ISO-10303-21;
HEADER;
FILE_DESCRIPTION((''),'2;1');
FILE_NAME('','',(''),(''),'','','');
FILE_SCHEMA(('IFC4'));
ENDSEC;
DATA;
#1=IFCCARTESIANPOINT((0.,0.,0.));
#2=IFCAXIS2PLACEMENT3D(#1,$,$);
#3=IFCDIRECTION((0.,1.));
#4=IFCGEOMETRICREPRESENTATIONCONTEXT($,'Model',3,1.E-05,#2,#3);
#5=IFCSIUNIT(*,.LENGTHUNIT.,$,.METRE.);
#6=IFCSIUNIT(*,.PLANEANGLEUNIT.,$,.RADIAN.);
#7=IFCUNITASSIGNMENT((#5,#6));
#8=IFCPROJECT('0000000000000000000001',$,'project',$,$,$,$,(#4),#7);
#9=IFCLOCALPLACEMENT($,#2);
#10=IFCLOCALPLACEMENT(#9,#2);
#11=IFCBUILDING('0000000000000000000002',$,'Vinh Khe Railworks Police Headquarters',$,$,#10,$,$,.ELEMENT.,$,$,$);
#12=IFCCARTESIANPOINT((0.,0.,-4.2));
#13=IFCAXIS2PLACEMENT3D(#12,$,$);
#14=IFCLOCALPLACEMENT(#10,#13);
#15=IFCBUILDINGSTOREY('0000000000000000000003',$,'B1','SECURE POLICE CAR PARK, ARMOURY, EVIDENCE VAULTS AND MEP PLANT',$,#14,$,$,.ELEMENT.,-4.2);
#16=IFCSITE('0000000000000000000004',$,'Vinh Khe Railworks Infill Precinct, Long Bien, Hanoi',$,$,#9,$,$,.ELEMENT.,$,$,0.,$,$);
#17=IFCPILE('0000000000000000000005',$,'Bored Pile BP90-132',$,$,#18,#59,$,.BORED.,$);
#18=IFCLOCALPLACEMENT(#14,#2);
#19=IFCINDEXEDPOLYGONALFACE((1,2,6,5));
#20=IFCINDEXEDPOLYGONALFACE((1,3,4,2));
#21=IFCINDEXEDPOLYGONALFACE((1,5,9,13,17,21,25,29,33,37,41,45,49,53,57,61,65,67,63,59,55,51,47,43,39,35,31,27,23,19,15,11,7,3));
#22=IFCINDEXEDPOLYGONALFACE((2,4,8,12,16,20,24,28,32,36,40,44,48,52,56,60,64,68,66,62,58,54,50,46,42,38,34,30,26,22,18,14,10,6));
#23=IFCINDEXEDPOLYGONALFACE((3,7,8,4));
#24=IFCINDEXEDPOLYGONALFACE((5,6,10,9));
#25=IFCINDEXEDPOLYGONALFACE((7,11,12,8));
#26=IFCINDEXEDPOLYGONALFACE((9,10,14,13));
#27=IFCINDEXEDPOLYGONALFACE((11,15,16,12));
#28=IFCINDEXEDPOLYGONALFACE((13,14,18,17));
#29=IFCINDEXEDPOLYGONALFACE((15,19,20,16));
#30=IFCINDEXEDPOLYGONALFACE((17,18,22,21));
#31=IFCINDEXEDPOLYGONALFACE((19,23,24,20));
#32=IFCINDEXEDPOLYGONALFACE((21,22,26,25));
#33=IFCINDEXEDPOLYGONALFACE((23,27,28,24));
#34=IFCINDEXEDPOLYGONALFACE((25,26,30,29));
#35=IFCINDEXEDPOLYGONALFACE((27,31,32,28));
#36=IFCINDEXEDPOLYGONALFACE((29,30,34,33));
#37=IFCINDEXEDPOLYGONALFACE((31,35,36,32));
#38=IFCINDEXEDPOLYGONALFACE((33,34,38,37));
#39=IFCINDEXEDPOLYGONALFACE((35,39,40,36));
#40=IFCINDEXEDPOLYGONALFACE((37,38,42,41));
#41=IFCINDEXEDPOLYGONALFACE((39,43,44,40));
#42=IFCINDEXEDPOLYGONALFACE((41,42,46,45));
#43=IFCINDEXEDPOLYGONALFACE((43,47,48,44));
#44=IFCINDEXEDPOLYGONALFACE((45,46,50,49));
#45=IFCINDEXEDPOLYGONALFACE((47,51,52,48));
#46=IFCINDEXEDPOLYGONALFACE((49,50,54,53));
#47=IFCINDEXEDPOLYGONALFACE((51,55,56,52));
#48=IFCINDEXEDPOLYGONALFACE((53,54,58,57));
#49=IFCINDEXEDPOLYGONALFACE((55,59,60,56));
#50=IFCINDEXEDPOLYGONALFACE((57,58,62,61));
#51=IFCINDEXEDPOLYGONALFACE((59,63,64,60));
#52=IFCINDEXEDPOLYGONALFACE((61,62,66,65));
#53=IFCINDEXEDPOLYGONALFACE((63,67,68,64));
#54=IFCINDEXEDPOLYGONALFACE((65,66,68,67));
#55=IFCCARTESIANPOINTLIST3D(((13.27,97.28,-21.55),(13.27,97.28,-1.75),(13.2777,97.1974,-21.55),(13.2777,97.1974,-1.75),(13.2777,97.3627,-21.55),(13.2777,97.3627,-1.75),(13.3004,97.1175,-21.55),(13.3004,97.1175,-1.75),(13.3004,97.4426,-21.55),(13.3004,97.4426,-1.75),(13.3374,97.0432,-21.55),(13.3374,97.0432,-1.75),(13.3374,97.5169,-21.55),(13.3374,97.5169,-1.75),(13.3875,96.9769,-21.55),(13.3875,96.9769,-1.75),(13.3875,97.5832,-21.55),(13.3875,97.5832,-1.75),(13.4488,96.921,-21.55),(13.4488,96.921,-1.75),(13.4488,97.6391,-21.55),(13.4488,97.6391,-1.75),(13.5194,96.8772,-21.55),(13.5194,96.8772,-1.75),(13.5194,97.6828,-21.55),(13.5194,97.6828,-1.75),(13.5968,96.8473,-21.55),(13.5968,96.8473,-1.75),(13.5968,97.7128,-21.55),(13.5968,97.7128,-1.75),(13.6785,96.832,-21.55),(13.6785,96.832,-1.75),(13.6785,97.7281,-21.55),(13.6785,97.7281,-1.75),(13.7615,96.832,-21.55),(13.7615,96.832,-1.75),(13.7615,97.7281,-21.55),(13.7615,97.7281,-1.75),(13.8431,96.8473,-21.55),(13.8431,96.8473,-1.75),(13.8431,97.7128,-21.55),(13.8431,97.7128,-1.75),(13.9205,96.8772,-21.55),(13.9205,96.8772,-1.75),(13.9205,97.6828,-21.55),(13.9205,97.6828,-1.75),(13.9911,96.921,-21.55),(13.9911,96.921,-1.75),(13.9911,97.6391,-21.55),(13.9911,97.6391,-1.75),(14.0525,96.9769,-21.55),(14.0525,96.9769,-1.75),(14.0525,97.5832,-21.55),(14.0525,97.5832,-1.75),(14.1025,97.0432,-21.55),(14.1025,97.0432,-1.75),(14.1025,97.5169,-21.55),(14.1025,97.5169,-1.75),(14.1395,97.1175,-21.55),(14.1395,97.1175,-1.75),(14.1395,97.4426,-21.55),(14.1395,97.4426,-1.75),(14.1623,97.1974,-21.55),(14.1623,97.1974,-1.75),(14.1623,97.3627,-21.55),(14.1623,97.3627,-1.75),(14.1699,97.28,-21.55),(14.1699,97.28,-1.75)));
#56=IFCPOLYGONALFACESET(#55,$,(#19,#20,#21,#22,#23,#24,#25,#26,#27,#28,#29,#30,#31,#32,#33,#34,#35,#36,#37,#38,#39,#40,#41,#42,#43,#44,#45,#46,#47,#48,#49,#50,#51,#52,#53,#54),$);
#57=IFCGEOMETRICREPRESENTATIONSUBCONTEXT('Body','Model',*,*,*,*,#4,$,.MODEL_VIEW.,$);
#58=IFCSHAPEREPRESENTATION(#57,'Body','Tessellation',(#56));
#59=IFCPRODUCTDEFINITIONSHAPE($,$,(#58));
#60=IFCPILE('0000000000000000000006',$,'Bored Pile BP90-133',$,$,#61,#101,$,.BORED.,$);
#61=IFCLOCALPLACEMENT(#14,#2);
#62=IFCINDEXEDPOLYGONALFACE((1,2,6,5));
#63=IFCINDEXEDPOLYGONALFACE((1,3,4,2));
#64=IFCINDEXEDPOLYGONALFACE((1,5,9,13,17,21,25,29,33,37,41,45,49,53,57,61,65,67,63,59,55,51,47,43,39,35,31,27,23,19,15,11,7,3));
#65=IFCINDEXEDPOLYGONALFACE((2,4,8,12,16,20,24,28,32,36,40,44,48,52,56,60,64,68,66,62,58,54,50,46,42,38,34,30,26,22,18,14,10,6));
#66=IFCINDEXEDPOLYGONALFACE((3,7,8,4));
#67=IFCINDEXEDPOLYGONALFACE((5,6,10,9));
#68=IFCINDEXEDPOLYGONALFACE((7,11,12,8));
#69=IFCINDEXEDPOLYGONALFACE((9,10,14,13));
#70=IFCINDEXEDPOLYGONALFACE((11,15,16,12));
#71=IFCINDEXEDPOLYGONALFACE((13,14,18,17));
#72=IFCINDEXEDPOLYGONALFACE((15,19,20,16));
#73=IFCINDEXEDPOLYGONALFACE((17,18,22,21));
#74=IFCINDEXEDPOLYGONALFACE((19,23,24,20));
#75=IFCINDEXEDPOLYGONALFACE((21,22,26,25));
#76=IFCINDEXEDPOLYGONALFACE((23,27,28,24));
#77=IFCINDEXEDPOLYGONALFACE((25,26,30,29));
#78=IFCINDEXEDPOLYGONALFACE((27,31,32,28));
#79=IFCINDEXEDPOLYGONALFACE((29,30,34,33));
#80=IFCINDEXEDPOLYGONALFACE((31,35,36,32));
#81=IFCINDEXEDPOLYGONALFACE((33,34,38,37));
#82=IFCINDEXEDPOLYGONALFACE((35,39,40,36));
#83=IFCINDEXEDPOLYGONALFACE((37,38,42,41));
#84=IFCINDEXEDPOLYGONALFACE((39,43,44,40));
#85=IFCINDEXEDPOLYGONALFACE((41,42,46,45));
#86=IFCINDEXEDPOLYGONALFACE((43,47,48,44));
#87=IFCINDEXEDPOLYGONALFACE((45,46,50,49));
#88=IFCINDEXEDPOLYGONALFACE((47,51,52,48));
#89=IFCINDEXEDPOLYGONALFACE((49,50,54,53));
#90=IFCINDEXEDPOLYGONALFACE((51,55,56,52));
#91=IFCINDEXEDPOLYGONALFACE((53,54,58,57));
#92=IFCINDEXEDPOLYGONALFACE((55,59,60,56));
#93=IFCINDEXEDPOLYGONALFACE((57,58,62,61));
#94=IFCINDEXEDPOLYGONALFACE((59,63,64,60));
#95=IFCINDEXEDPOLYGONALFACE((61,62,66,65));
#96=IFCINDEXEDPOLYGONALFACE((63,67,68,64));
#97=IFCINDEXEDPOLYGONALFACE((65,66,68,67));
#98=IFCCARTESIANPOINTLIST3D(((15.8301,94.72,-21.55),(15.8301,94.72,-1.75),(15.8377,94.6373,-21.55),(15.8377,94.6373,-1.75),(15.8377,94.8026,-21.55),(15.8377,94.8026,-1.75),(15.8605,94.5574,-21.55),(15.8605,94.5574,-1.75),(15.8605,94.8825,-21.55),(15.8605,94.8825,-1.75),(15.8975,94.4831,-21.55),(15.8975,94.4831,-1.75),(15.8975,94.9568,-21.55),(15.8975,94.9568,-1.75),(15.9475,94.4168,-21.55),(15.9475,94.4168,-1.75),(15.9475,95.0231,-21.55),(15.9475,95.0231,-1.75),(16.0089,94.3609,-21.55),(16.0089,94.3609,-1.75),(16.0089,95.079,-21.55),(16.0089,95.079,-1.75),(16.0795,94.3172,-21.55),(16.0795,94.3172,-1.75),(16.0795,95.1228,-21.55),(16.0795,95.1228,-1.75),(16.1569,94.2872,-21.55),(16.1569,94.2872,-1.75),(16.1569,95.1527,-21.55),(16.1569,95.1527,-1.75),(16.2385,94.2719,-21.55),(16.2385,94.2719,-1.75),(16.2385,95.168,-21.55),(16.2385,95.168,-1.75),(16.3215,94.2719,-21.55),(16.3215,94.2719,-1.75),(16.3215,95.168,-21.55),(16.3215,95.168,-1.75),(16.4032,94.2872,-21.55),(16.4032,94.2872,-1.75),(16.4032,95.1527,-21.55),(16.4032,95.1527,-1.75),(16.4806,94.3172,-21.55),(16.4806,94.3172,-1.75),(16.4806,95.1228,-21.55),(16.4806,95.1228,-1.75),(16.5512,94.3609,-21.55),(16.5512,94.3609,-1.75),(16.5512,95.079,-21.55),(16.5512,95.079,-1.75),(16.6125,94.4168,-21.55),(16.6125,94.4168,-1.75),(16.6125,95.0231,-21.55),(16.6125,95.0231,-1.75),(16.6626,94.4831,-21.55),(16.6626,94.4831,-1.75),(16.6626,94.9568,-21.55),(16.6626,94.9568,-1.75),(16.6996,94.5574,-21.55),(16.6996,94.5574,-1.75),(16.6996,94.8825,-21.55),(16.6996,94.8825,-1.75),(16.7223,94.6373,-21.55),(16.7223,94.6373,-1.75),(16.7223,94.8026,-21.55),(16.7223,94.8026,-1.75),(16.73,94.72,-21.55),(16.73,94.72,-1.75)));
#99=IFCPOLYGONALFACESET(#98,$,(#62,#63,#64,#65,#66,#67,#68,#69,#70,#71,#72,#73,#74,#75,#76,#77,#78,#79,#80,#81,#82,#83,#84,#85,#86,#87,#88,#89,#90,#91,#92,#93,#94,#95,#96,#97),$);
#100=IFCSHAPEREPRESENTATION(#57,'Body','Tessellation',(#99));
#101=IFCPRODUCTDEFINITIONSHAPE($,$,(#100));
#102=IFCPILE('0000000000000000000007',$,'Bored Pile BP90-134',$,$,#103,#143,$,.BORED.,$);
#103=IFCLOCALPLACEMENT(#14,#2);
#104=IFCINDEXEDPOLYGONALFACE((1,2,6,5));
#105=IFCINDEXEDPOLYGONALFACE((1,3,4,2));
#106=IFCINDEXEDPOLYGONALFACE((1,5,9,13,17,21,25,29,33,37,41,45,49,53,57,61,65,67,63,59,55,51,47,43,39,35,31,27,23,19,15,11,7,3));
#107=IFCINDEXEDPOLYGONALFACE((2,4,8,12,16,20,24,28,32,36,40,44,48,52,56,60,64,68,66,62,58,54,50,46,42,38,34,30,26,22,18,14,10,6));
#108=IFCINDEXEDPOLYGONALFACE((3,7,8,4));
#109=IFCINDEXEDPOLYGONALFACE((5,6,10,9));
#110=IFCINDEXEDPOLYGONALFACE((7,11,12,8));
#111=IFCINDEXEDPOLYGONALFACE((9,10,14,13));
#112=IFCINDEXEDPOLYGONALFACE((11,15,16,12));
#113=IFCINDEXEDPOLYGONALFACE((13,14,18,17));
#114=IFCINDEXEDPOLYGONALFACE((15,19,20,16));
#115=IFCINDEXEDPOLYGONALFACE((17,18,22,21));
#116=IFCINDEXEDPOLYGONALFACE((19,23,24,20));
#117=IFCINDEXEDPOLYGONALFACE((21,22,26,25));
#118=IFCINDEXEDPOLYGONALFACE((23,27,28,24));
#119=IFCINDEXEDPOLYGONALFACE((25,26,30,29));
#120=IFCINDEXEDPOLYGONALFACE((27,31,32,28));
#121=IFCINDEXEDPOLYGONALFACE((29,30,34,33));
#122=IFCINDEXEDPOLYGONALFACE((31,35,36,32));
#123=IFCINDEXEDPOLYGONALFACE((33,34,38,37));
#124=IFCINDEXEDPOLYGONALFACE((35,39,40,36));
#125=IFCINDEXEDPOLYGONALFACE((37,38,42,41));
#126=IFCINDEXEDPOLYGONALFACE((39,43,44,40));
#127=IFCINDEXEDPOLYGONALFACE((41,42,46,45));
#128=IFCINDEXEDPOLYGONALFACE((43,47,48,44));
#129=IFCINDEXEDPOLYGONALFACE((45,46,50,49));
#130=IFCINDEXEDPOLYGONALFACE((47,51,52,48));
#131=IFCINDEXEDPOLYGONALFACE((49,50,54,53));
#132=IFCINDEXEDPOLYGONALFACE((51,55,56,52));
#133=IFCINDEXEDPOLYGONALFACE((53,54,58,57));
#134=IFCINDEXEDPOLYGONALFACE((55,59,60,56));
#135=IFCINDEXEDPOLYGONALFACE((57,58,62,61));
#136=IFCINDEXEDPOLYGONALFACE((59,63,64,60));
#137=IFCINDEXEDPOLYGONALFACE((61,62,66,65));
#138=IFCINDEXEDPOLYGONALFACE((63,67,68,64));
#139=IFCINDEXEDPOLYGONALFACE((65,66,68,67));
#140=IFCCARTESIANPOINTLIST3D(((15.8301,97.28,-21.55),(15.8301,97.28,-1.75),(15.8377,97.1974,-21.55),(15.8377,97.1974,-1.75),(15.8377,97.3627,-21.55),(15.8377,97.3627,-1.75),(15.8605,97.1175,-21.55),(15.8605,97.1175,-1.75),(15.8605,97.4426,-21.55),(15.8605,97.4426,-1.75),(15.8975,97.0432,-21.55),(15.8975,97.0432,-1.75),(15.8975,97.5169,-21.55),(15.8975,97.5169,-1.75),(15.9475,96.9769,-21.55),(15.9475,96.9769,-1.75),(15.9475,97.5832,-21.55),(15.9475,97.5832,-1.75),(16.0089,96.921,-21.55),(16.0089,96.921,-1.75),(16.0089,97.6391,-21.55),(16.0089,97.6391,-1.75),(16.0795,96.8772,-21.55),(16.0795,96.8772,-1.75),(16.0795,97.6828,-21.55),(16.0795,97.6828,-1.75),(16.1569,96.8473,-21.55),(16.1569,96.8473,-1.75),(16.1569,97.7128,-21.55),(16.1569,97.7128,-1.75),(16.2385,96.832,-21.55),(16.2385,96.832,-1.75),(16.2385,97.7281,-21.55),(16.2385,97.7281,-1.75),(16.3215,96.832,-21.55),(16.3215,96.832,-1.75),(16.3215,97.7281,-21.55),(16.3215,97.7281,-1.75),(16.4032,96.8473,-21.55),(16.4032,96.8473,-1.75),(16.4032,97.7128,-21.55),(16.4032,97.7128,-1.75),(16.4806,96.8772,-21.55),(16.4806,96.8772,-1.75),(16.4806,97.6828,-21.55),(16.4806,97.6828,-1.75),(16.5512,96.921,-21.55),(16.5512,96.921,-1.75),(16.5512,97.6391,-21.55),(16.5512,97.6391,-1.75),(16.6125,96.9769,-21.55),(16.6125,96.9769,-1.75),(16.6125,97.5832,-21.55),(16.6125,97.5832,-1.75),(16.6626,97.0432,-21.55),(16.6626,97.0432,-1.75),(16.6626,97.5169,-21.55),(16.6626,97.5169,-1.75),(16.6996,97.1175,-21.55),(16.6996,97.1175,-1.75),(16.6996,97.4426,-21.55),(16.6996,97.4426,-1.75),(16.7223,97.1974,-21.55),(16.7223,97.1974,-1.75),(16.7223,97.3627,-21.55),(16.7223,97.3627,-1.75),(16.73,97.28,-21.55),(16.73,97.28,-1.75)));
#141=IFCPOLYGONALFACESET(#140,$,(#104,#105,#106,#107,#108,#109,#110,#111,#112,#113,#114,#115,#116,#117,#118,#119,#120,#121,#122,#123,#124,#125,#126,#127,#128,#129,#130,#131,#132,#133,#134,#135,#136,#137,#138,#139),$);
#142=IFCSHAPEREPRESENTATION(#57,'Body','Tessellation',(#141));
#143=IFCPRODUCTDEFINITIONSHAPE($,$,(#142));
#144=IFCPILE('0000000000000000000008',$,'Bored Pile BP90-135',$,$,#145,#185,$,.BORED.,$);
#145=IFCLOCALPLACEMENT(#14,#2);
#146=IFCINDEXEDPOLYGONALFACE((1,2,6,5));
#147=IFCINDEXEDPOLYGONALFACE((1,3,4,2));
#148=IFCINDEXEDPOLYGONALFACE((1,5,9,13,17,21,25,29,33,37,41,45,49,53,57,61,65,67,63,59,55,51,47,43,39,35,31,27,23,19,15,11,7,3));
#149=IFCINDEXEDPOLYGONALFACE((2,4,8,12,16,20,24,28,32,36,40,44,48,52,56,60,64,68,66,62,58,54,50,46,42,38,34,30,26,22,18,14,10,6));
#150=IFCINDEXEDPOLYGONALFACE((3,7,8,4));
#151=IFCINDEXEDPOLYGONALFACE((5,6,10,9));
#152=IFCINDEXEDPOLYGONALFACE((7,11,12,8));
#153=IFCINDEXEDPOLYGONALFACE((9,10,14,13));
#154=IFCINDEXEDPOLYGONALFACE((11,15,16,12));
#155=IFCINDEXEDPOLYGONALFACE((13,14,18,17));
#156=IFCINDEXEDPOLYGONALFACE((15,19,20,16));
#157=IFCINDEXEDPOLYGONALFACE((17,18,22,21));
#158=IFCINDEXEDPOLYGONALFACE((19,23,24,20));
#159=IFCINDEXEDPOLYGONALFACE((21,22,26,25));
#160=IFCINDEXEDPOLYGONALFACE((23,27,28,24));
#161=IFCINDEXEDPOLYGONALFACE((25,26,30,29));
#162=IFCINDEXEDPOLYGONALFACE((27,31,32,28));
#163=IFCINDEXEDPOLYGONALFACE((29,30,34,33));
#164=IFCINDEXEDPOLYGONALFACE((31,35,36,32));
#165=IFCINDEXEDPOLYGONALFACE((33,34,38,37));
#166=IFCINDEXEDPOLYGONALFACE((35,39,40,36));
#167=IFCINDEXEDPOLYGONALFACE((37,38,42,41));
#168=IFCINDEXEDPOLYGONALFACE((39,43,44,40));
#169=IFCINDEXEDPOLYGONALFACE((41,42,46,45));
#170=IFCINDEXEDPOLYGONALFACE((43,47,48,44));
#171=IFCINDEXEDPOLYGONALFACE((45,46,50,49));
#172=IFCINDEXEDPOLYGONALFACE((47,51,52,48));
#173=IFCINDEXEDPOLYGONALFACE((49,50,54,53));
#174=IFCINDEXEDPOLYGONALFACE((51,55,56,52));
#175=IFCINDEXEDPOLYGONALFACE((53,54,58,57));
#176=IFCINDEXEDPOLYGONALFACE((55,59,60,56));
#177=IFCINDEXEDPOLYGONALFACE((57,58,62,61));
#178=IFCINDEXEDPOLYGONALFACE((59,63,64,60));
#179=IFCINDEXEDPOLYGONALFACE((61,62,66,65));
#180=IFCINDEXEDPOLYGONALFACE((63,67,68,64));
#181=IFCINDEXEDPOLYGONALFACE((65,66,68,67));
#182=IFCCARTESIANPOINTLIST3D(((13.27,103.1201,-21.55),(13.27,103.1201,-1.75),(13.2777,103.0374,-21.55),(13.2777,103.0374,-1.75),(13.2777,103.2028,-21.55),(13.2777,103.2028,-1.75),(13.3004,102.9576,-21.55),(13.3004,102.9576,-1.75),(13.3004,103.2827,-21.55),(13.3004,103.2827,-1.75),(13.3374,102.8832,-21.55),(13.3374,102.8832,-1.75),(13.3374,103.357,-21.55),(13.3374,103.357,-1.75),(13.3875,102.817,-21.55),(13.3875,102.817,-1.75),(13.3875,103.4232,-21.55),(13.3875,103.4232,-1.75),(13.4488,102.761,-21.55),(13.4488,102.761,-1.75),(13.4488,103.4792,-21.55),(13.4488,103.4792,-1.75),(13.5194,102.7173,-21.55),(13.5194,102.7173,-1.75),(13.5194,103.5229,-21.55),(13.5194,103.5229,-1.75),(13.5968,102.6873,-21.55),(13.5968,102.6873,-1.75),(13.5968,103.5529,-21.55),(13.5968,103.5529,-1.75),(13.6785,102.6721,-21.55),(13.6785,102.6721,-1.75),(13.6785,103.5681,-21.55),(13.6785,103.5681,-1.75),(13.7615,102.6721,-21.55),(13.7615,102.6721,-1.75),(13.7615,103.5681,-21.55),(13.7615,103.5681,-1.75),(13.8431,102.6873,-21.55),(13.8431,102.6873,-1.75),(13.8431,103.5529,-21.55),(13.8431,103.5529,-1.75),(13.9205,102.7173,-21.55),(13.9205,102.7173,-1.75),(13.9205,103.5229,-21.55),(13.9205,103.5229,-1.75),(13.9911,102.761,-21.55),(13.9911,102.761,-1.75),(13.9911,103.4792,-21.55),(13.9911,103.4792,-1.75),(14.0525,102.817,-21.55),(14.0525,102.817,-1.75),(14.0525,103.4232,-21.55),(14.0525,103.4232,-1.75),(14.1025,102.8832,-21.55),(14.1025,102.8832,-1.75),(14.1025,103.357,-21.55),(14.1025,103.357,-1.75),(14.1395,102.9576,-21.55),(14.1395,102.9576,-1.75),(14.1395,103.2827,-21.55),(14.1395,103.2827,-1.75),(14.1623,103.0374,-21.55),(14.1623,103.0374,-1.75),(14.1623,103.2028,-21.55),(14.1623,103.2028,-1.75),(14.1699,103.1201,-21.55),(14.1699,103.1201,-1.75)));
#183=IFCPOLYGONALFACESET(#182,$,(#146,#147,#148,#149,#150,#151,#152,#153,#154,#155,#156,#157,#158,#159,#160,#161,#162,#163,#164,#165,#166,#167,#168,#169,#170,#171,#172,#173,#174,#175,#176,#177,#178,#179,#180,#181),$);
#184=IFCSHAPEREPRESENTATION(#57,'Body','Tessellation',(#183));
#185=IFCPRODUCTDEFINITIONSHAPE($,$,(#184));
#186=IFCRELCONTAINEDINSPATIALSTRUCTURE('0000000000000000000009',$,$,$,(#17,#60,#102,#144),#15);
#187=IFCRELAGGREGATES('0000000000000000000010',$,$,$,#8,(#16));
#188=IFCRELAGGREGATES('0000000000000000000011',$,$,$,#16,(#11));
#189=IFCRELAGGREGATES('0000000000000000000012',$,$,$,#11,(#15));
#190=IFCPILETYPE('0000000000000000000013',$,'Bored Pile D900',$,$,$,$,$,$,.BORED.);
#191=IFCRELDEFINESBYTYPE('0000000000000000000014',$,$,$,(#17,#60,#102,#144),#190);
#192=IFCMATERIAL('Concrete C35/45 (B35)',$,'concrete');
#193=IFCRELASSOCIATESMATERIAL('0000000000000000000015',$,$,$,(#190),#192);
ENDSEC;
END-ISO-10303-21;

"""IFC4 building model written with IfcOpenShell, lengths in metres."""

from ifc_helpers import new_model, si_unit, direction, frame, origin, origin_2d, place, context, subcontext, project, spatial, circle, extrude, material, material_profile, profile_set, type_object, element, save


model = new_model("IFC4")

# Units and contexts
model_context = context("Model", 3, precision=1e-05, world=origin(), true_north=direction((0.0, 1.0)))
body_context = subcontext(model_context, "Body", "Model", "MODEL_VIEW")
ifc_project = project(units=[si_unit("LENGTHUNIT", "METRE"), si_unit("PLANEANGLEUNIT", "RADIAN")], contexts=[model_context])

# Site, building, storey
site_placement = place(None, origin())
site = spatial("IfcSite", under=ifc_project, at=site_placement, Name="Vinh Khe Railworks Infill Precinct, Long Bien, Hanoi", CompositionType="ELEMENT", RefElevation=0.0)
building_placement = place(site_placement, origin())
building = spatial("IfcBuilding", under=site, at=building_placement, Name="Vinh Khe Railworks Police Headquarters", CompositionType="ELEMENT")
storey_placement = place(building_placement, frame((0.0, 0.0, -4.2)))
storey = spatial("IfcBuildingStorey", under=building, at=storey_placement, Name="B1", Description="SECURE POLICE CAR PARK, ARMOURY, EVIDENCE VAULTS AND MEP PLANT", CompositionType="ELEMENT", Elevation=-4.2)

# Piles
ifc_material_1 = material(Name="Concrete C35/45 (B35)", Category="concrete")
ifc_material_profile_1 = material_profile(ifc_material_1, circle(Radius=0.45, at=origin_2d()), Name="BORED PILE D900")
ifc_profile_set_1 = profile_set([ifc_material_profile_1], Name="Concrete C35/45 (B35)")
pile_type = type_object("IfcPileType", Name="Bored Pile D900", PredefinedType="BORED", material=ifc_profile_set_1)
for number, where, z_axis, x_axis, name in (
    (1, (13.72, 97.28, -1.75), (0.0, 0.0, -1.0), (1.0, 0.0, 0.0), "Bored Pile BP90-132"),
    (2, (16.28, 94.72, -1.75), (0.0, 0.0, -1.0), (1.0, 0.0, 0.0), "Bored Pile BP90-133"),
    (3, (16.28, 97.28, -1.75), (0.0, 0.0, -1.0), (1.0, 0.0, 0.0), "Bored Pile BP90-134"),
    (4, (13.72, 103.1201, -1.75), (0.0, 0.0, -1.0), (1.0, 0.0, 0.0), "Bored Pile BP90-135"),
):
    element("IfcPile", number, at=place(storey_placement, frame(where, z_axis=z_axis, x_axis=x_axis)), inside=storey, type_object=pile_type, Name=name, PredefinedType="BORED", context=body_context, shape_type="SweptSolid", body=[
        extrude(circle(Radius=0.45, at=origin_2d()), origin(), (0.0, 0.0, 1.0), 19.8),
    ])

save(model, "model.ifc")
